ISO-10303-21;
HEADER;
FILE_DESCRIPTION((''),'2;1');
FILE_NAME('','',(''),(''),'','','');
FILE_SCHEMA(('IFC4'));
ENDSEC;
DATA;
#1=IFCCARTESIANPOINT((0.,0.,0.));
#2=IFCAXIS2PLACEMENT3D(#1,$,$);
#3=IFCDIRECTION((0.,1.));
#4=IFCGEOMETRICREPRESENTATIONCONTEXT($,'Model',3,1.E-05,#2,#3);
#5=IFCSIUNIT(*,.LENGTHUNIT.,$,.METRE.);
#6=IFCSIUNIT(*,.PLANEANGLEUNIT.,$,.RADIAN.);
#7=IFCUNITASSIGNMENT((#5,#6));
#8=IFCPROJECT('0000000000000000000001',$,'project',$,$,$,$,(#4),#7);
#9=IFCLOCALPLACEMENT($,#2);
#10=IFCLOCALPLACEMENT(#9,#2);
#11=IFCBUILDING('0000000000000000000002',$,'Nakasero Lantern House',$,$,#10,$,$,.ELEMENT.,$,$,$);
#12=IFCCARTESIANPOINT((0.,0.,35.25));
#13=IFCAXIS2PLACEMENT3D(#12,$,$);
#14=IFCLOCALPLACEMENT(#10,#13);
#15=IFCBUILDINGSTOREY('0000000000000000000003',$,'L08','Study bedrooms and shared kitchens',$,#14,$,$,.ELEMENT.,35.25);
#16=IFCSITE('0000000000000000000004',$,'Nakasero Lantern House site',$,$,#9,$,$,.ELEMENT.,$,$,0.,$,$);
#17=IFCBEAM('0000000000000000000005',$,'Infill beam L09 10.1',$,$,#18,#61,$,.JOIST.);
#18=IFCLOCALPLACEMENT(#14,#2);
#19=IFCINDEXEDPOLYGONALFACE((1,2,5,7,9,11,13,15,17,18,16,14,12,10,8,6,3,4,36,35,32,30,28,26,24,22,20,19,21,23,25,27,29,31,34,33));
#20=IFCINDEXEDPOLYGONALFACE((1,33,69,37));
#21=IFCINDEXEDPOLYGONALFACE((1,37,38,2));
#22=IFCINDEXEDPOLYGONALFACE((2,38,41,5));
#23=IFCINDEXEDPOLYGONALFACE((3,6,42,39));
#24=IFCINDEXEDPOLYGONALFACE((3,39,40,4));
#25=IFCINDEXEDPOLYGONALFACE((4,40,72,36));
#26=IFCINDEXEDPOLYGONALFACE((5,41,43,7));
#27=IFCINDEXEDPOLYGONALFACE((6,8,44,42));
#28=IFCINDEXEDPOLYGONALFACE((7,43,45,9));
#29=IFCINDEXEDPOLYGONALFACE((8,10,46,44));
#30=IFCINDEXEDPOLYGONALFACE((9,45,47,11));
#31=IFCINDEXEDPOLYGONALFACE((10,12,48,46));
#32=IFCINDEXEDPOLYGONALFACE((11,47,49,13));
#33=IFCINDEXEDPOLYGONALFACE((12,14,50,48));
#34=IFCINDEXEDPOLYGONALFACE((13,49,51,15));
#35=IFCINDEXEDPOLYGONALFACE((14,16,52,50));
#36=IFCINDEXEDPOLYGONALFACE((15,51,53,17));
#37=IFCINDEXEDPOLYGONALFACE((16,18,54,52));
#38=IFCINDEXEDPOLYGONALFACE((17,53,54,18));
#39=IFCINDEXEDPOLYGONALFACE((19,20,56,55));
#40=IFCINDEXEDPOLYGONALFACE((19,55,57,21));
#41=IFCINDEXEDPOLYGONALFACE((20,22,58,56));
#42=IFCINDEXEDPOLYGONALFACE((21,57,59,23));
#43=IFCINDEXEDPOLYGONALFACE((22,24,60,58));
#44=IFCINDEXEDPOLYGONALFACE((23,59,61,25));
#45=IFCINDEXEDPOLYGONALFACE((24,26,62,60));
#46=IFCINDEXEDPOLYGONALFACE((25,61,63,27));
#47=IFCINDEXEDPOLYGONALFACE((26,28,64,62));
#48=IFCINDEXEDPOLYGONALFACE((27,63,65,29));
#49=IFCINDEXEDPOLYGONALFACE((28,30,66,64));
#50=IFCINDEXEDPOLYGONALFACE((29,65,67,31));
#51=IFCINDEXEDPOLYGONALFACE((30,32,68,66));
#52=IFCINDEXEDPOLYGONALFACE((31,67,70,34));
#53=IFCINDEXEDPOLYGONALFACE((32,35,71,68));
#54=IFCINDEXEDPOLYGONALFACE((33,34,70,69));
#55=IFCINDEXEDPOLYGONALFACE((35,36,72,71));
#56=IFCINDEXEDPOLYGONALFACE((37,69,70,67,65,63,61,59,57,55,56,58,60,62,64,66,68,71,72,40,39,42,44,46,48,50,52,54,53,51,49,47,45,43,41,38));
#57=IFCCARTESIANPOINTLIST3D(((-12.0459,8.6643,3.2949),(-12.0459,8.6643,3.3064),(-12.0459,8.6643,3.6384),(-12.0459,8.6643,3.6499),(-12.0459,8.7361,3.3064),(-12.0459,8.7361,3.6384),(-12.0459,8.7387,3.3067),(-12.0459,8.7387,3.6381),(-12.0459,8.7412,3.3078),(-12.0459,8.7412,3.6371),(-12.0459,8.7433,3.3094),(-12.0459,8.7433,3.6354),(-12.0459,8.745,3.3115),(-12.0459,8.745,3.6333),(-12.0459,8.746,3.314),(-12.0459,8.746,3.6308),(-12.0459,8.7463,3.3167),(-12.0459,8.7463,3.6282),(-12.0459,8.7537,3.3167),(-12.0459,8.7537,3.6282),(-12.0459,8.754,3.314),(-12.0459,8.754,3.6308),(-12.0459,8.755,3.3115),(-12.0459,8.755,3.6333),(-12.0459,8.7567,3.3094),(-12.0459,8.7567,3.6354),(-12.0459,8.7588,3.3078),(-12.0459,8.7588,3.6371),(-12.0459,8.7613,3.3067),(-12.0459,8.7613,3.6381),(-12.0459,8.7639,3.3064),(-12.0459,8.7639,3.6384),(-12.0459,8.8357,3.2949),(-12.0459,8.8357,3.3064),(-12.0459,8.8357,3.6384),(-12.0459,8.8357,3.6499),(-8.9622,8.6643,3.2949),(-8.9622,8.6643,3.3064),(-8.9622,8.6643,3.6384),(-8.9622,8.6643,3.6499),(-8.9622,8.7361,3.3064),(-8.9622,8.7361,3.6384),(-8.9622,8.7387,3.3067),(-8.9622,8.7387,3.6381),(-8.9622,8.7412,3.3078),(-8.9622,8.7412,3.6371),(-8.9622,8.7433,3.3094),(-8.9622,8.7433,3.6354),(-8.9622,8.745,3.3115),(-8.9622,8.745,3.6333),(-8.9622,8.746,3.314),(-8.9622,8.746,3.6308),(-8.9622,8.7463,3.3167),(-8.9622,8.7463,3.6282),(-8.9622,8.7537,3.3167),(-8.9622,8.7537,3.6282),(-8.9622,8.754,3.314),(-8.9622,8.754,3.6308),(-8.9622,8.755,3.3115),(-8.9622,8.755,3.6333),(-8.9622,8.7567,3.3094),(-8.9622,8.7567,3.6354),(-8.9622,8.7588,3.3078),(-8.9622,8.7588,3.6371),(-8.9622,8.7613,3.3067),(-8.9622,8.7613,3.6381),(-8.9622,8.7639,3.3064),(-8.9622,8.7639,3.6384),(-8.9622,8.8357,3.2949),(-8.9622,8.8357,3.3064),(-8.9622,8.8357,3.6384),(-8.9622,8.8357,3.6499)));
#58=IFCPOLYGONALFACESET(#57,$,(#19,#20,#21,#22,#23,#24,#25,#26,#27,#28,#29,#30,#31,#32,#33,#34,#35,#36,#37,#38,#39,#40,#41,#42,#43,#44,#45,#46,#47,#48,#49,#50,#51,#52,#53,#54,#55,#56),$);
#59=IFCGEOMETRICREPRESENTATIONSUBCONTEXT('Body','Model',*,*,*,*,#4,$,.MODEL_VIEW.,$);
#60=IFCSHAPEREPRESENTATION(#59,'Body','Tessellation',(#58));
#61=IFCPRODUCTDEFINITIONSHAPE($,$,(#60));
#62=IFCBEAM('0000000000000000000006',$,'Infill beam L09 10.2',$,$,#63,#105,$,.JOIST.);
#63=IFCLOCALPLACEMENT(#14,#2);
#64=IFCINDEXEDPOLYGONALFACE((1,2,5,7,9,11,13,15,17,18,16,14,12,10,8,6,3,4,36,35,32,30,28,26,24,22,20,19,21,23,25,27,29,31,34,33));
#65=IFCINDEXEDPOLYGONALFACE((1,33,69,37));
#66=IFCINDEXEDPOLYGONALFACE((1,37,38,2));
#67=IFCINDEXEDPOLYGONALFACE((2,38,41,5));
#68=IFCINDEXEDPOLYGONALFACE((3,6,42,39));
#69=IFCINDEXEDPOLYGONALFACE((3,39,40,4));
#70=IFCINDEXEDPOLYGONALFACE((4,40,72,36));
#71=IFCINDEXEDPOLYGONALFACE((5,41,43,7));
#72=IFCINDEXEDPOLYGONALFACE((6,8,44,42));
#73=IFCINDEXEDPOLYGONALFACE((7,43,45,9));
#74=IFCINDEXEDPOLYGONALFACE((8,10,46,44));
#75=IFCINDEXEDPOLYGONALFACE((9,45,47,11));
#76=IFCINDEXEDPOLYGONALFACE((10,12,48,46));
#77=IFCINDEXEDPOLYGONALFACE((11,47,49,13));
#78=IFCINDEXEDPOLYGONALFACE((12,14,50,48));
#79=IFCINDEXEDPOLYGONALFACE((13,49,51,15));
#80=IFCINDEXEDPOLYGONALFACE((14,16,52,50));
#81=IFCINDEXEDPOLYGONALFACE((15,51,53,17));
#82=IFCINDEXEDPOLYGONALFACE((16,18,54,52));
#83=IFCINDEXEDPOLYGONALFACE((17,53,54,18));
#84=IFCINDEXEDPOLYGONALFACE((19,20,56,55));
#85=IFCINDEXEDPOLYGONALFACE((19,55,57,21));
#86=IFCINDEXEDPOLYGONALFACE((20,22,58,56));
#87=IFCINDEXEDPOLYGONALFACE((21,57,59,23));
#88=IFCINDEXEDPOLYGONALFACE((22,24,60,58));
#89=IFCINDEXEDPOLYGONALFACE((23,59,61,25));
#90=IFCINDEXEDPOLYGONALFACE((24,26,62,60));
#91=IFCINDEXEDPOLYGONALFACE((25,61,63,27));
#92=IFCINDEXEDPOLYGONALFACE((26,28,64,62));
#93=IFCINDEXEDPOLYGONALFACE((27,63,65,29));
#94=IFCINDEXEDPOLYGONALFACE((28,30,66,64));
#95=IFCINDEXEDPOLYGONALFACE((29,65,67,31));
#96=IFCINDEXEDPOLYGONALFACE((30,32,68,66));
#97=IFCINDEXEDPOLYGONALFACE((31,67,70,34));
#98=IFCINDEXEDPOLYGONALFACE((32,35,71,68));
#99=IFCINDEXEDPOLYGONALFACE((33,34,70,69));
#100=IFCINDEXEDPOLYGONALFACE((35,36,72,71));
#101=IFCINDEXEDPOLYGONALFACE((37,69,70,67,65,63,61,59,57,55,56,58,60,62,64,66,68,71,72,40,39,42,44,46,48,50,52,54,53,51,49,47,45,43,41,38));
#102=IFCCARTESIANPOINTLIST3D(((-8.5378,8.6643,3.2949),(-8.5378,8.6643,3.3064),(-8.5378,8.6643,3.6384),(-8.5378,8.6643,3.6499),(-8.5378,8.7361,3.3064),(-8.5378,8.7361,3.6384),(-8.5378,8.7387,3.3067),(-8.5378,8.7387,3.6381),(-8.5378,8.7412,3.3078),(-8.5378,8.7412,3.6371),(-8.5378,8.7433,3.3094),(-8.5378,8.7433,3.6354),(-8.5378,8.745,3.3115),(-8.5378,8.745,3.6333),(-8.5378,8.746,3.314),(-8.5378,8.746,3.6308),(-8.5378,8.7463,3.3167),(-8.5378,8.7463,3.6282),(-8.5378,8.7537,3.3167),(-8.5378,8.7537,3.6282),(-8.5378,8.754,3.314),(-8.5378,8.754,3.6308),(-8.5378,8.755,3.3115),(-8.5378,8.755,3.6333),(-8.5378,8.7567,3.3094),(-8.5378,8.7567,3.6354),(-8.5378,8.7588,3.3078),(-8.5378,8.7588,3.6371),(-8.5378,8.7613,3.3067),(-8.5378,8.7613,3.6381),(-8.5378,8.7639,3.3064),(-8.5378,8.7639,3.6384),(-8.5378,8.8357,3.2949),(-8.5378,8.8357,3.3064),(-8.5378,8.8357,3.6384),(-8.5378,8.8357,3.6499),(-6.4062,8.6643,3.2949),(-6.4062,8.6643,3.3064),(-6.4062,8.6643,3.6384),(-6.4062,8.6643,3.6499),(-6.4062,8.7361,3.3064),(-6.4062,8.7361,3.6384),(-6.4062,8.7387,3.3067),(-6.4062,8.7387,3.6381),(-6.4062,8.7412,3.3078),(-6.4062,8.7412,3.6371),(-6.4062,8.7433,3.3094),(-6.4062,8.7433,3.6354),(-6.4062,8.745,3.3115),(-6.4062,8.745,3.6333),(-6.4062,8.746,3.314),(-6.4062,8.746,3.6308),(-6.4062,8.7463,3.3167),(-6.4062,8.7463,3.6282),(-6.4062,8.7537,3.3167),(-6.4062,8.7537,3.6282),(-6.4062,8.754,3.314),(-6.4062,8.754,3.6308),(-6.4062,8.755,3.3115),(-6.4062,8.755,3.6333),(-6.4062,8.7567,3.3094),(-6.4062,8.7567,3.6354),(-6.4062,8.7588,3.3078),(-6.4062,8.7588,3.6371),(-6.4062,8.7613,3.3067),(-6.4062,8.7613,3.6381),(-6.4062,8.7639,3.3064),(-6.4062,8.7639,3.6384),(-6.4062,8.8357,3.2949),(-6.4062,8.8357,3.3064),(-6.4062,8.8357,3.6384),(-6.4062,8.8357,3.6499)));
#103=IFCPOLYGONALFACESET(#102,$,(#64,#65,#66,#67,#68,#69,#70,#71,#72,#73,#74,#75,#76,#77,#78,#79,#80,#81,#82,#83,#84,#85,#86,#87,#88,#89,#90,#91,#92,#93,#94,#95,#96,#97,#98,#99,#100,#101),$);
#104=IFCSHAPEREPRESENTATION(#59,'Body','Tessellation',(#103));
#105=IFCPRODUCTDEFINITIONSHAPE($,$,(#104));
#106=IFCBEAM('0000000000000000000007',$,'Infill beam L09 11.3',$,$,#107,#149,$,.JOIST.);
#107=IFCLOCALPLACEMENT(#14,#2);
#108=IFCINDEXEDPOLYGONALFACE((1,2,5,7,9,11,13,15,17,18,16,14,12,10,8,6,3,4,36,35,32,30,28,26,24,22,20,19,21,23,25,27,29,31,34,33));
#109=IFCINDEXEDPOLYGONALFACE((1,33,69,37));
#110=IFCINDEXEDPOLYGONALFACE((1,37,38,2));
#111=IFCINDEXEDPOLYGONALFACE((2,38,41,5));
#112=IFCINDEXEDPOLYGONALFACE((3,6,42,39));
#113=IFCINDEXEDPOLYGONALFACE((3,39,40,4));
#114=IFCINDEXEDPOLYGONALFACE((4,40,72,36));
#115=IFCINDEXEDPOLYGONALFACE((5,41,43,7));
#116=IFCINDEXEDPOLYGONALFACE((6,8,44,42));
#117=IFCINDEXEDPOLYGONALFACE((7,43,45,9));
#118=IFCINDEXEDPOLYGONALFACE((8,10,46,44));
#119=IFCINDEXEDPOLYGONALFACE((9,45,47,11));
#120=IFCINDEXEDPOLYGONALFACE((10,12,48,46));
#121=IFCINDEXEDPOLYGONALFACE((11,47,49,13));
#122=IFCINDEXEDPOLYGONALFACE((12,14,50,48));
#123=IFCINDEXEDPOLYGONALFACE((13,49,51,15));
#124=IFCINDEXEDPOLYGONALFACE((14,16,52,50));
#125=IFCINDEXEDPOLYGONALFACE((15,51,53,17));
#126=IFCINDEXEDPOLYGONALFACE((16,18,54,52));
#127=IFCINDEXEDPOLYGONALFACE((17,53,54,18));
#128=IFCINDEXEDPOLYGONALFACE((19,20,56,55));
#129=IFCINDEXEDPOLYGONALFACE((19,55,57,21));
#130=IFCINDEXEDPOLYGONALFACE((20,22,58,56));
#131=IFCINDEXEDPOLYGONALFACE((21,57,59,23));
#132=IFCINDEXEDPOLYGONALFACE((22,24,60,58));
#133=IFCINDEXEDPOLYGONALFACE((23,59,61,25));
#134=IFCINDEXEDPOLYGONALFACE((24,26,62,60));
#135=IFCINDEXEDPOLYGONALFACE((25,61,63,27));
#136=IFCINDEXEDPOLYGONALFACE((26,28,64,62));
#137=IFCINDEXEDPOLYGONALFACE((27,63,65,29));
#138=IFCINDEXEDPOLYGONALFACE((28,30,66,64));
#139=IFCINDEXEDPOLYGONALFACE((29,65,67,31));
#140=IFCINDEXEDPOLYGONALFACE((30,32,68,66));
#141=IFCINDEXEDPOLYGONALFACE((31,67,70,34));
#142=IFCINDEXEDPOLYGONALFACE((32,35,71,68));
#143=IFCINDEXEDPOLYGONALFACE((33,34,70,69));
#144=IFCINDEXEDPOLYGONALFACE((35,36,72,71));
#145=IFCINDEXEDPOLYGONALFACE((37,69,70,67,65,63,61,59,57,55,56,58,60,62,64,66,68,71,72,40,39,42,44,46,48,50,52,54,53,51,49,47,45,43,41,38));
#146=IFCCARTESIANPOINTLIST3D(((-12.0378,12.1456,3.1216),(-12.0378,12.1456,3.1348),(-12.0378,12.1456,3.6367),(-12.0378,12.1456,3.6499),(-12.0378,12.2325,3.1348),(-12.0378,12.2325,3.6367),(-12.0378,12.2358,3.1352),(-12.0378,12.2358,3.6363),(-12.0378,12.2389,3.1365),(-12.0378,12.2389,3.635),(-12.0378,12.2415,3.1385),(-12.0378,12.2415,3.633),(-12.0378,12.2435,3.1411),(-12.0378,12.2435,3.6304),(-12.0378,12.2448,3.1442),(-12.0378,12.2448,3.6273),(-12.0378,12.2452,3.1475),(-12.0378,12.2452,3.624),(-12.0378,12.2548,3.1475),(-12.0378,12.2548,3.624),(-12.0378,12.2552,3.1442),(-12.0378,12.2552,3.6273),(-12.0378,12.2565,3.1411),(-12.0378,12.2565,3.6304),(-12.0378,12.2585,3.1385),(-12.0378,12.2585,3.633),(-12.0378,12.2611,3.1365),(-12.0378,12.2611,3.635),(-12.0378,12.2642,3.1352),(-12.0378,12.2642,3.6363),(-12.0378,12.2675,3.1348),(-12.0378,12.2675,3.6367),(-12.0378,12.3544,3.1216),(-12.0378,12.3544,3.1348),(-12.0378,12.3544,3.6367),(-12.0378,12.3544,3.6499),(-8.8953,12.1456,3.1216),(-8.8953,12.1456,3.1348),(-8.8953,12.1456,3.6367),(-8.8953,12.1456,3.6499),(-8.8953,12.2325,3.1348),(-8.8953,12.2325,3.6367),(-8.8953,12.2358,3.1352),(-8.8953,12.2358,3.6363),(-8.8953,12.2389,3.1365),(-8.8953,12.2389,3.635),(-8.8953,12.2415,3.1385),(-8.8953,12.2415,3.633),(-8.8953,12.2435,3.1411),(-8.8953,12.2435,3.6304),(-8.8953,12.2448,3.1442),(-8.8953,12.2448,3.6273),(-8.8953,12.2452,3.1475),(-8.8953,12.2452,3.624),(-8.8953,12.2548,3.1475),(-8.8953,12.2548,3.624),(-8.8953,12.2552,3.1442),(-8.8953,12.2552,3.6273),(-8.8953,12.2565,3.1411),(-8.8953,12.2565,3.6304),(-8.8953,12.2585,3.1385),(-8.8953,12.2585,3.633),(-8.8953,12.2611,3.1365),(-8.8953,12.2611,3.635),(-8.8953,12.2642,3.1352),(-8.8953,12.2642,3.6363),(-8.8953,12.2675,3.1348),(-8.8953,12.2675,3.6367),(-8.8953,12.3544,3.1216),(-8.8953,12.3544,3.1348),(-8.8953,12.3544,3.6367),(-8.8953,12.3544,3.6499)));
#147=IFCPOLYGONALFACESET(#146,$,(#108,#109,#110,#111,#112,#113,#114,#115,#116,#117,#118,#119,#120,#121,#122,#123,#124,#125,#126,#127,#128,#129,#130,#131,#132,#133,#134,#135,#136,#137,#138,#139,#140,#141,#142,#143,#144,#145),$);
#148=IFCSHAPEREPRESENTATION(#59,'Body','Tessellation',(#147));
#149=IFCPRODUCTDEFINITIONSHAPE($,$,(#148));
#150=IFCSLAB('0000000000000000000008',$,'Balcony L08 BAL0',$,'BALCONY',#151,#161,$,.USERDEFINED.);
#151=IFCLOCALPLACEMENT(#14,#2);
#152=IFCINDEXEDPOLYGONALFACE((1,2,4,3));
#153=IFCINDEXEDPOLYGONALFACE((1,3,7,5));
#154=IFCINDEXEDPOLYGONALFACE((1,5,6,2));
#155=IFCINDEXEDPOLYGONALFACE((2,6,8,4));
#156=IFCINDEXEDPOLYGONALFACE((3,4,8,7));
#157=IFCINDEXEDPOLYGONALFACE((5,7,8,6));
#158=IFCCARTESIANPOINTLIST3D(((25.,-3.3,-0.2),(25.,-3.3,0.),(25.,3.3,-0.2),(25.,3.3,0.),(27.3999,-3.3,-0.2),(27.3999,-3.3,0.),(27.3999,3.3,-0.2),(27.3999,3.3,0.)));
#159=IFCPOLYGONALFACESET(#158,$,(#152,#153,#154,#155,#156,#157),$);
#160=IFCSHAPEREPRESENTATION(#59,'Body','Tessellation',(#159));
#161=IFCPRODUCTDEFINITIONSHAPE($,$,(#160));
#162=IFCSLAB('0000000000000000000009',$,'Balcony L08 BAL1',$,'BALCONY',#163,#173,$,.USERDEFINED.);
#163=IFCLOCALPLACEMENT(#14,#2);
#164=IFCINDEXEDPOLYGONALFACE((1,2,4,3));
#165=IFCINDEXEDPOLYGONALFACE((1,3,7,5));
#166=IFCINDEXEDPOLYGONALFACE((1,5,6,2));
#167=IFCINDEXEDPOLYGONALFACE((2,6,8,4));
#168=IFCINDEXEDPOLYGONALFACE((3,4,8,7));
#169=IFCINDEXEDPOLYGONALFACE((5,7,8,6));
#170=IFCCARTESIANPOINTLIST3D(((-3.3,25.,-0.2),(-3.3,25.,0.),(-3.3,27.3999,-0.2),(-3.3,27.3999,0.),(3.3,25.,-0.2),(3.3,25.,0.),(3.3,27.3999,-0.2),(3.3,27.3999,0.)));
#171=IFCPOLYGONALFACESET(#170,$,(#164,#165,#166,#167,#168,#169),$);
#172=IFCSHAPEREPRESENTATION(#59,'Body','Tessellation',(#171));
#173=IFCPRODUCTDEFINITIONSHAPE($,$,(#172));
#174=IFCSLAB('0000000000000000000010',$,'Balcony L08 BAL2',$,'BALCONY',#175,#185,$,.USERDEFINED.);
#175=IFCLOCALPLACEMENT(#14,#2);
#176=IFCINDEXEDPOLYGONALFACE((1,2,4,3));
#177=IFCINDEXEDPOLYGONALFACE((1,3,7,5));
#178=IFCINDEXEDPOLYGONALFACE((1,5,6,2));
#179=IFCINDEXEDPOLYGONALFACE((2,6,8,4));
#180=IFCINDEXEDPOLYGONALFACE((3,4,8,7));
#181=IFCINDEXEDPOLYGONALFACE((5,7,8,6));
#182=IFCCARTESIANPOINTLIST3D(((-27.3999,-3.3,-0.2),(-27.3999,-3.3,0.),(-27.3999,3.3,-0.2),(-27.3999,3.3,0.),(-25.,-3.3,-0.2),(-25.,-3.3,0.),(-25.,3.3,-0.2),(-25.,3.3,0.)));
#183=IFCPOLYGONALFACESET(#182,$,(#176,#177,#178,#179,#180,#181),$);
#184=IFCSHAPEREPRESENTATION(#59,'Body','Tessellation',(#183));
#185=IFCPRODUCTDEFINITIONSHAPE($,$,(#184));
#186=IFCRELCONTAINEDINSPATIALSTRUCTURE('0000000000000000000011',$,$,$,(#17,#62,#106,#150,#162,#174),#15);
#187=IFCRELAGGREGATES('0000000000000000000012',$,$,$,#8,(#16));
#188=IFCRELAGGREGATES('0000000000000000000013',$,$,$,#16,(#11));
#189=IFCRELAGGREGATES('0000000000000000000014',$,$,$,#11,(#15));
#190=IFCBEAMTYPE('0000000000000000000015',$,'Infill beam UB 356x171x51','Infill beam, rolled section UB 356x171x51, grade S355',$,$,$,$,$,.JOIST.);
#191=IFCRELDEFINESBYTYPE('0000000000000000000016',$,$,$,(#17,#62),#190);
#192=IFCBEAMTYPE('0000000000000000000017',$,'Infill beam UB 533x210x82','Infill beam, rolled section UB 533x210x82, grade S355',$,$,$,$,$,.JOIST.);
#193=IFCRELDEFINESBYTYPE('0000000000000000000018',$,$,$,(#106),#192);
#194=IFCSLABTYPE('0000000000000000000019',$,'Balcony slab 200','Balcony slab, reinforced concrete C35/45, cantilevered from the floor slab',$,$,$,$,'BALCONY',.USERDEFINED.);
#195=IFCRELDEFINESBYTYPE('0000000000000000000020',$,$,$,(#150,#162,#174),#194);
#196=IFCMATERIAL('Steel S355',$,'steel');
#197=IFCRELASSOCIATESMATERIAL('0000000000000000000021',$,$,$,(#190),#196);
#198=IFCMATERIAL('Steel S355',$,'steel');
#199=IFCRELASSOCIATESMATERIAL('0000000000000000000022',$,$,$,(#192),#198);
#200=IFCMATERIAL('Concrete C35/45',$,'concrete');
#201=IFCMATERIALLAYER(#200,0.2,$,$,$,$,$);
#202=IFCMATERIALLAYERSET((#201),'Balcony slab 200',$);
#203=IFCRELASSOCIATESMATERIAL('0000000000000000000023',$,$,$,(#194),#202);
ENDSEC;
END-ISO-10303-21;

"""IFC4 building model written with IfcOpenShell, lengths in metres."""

from ifc_helpers import new_model, si_unit, direction, frame, origin, origin_2d, place, context, subcontext, project, spatial, polyline, i_section, outline, extrude, material, layer, layer_set, material_profile, profile_set, type_object, element, save


model = new_model("IFC4")

# Units and contexts
model_context = context("Model", 3, precision=1e-05, world=origin(), true_north=direction((0.0, 1.0)))
body_context = subcontext(model_context, "Body", "Model", "MODEL_VIEW")
ifc_project = project(units=[si_unit("LENGTHUNIT", "METRE"), si_unit("PLANEANGLEUNIT", "RADIAN")], contexts=[model_context])

# Site, building, storey
site_placement = place(None, origin())
site = spatial("IfcSite", under=ifc_project, at=site_placement, Name="Nakasero Lantern House site", CompositionType="ELEMENT", RefElevation=0.0)
building_placement = place(site_placement, origin())
building = spatial("IfcBuilding", under=site, at=building_placement, Name="Nakasero Lantern House", CompositionType="ELEMENT")
storey_placement = place(building_placement, frame((0.0, 0.0, 35.25)))
storey = spatial("IfcBuildingStorey", under=building, at=storey_placement, Name="L08", Description="Study bedrooms and shared kitchens", CompositionType="ELEMENT", Elevation=35.25)

# Beams
ifc_material_1 = material(Name="Steel S355", Category="steel")
ifc_material_profile_1 = material_profile(ifc_material_1, i_section(OverallWidth=0.1714, OverallDepth=0.355, WebThickness=0.0073, FlangeThickness=0.0115, FilletRadius=0.0103, at=origin_2d()), Name="UB 356x171x51")
ifc_profile_set_1 = profile_set([ifc_material_profile_1], Name="Steel S355")
beam_type_1 = type_object("IfcBeamType", Name="Infill beam UB 356x171x51", Description="Infill beam, rolled section UB 356x171x51, grade S355", PredefinedType="JOIST", material=ifc_profile_set_1)
beam_1_placement = place(storey_placement, frame((-12.0459, 8.75, 3.4724), z_axis=(1.0, 0.0, 0.0), x_axis=(0.0, 1.0, 0.0)))
element("IfcBeam", 1, at=beam_1_placement, inside=storey, type_object=beam_type_1, Name="Infill beam L09 10.1", PredefinedType="JOIST", context=body_context, shape_type="SweptSolid", body=[
    extrude(i_section(OverallWidth=0.1714, OverallDepth=0.355, WebThickness=0.0073, FlangeThickness=0.0115, FilletRadius=0.0103, at=origin_2d()), origin(), (0.0, 0.0, 1.0), 3.0837),
])
beam_2_placement = place(storey_placement, frame((-8.5378, 8.75, 3.4724), z_axis=(1.0, 0.0, 0.0), x_axis=(0.0, 1.0, 0.0)))
element("IfcBeam", 2, at=beam_2_placement, inside=storey, type_object=beam_type_1, Name="Infill beam L09 10.2", PredefinedType="JOIST", context=body_context, shape_type="SweptSolid", body=[
    extrude(i_section(OverallWidth=0.1714, OverallDepth=0.355, WebThickness=0.0073, FlangeThickness=0.0115, FilletRadius=0.0103, at=origin_2d()), origin(), (0.0, 0.0, 1.0), 2.1316),
])
ifc_material_2 = material(Name="Steel S355", Category="steel")
ifc_material_profile_2 = material_profile(ifc_material_2, i_section(OverallWidth=0.2087, OverallDepth=0.5283, WebThickness=0.0095, FlangeThickness=0.0132, FilletRadius=0.0127, at=origin_2d()), Name="UB 533x210x82")
ifc_profile_set_2 = profile_set([ifc_material_profile_2], Name="Steel S355")
beam_type_2 = type_object("IfcBeamType", Name="Infill beam UB 533x210x82", Description="Infill beam, rolled section UB 533x210x82, grade S355", PredefinedType="JOIST", material=ifc_profile_set_2)
beam_3_placement = place(storey_placement, frame((-12.0378, 12.25, 3.3857), z_axis=(1.0, 0.0, 0.0), x_axis=(0.0, 1.0, 0.0)))
element("IfcBeam", 3, at=beam_3_placement, inside=storey, type_object=beam_type_2, Name="Infill beam L09 11.3", PredefinedType="JOIST", context=body_context, shape_type="SweptSolid", body=[
    extrude(i_section(OverallWidth=0.2087, OverallDepth=0.5283, WebThickness=0.0095, FlangeThickness=0.0132, FilletRadius=0.0127, at=origin_2d()), origin(), (0.0, 0.0, 1.0), 3.1426),
])

# Slabs
ifc_material_3 = material(Name="Concrete C35/45", Category="concrete")
ifc_layer_1 = layer(ifc_material_3, 0.2)
ifc_layer_set_1 = layer_set([ifc_layer_1], Name="Balcony slab 200")
slab_type = type_object("IfcSlabType", Name="Balcony slab 200", Description="Balcony slab, reinforced concrete C35/45, cantilevered from the floor slab", ElementType="BALCONY", PredefinedType="USERDEFINED", material=ifc_layer_set_1)
slab_1_placement = place(storey_placement, frame((0.0, 0.0, -0.2)))
element("IfcSlab", 4, at=slab_1_placement, inside=storey, type_object=slab_type, Name="Balcony L08 BAL0", ObjectType="BALCONY", PredefinedType="USERDEFINED", context=body_context, shape_type="SweptSolid", body=[
    extrude(outline(polyline([(25.0, -3.3), (27.3999, -3.3), (27.3999, 3.3), (25.0, 3.3), (25.0, -3.3)])), origin(), (0.0, 0.0, 1.0), 0.2),
])
slab_2_placement = place(storey_placement, frame((0.0, 0.0, -0.2)))
element("IfcSlab", 5, at=slab_2_placement, inside=storey, type_object=slab_type, Name="Balcony L08 BAL1", ObjectType="BALCONY", PredefinedType="USERDEFINED", context=body_context, shape_type="SweptSolid", body=[
    extrude(outline(polyline([(3.3, 25.0), (3.3, 27.3999), (-3.3, 27.3999), (-3.3, 25.0), (3.3, 25.0)])), origin(), (0.0, 0.0, 1.0), 0.2),
])
slab_3_placement = place(storey_placement, frame((0.0, 0.0, -0.2)))
element("IfcSlab", 6, at=slab_3_placement, inside=storey, type_object=slab_type, Name="Balcony L08 BAL2", ObjectType="BALCONY", PredefinedType="USERDEFINED", context=body_context, shape_type="SweptSolid", body=[
    extrude(outline(polyline([(-25.0, 3.3), (-27.3999, 3.3), (-27.3999, -3.3), (-25.0, -3.3), (-25.0, 3.3)])), origin(), (0.0, 0.0, 1.0), 0.2),
])

save(model, "model.ifc")
